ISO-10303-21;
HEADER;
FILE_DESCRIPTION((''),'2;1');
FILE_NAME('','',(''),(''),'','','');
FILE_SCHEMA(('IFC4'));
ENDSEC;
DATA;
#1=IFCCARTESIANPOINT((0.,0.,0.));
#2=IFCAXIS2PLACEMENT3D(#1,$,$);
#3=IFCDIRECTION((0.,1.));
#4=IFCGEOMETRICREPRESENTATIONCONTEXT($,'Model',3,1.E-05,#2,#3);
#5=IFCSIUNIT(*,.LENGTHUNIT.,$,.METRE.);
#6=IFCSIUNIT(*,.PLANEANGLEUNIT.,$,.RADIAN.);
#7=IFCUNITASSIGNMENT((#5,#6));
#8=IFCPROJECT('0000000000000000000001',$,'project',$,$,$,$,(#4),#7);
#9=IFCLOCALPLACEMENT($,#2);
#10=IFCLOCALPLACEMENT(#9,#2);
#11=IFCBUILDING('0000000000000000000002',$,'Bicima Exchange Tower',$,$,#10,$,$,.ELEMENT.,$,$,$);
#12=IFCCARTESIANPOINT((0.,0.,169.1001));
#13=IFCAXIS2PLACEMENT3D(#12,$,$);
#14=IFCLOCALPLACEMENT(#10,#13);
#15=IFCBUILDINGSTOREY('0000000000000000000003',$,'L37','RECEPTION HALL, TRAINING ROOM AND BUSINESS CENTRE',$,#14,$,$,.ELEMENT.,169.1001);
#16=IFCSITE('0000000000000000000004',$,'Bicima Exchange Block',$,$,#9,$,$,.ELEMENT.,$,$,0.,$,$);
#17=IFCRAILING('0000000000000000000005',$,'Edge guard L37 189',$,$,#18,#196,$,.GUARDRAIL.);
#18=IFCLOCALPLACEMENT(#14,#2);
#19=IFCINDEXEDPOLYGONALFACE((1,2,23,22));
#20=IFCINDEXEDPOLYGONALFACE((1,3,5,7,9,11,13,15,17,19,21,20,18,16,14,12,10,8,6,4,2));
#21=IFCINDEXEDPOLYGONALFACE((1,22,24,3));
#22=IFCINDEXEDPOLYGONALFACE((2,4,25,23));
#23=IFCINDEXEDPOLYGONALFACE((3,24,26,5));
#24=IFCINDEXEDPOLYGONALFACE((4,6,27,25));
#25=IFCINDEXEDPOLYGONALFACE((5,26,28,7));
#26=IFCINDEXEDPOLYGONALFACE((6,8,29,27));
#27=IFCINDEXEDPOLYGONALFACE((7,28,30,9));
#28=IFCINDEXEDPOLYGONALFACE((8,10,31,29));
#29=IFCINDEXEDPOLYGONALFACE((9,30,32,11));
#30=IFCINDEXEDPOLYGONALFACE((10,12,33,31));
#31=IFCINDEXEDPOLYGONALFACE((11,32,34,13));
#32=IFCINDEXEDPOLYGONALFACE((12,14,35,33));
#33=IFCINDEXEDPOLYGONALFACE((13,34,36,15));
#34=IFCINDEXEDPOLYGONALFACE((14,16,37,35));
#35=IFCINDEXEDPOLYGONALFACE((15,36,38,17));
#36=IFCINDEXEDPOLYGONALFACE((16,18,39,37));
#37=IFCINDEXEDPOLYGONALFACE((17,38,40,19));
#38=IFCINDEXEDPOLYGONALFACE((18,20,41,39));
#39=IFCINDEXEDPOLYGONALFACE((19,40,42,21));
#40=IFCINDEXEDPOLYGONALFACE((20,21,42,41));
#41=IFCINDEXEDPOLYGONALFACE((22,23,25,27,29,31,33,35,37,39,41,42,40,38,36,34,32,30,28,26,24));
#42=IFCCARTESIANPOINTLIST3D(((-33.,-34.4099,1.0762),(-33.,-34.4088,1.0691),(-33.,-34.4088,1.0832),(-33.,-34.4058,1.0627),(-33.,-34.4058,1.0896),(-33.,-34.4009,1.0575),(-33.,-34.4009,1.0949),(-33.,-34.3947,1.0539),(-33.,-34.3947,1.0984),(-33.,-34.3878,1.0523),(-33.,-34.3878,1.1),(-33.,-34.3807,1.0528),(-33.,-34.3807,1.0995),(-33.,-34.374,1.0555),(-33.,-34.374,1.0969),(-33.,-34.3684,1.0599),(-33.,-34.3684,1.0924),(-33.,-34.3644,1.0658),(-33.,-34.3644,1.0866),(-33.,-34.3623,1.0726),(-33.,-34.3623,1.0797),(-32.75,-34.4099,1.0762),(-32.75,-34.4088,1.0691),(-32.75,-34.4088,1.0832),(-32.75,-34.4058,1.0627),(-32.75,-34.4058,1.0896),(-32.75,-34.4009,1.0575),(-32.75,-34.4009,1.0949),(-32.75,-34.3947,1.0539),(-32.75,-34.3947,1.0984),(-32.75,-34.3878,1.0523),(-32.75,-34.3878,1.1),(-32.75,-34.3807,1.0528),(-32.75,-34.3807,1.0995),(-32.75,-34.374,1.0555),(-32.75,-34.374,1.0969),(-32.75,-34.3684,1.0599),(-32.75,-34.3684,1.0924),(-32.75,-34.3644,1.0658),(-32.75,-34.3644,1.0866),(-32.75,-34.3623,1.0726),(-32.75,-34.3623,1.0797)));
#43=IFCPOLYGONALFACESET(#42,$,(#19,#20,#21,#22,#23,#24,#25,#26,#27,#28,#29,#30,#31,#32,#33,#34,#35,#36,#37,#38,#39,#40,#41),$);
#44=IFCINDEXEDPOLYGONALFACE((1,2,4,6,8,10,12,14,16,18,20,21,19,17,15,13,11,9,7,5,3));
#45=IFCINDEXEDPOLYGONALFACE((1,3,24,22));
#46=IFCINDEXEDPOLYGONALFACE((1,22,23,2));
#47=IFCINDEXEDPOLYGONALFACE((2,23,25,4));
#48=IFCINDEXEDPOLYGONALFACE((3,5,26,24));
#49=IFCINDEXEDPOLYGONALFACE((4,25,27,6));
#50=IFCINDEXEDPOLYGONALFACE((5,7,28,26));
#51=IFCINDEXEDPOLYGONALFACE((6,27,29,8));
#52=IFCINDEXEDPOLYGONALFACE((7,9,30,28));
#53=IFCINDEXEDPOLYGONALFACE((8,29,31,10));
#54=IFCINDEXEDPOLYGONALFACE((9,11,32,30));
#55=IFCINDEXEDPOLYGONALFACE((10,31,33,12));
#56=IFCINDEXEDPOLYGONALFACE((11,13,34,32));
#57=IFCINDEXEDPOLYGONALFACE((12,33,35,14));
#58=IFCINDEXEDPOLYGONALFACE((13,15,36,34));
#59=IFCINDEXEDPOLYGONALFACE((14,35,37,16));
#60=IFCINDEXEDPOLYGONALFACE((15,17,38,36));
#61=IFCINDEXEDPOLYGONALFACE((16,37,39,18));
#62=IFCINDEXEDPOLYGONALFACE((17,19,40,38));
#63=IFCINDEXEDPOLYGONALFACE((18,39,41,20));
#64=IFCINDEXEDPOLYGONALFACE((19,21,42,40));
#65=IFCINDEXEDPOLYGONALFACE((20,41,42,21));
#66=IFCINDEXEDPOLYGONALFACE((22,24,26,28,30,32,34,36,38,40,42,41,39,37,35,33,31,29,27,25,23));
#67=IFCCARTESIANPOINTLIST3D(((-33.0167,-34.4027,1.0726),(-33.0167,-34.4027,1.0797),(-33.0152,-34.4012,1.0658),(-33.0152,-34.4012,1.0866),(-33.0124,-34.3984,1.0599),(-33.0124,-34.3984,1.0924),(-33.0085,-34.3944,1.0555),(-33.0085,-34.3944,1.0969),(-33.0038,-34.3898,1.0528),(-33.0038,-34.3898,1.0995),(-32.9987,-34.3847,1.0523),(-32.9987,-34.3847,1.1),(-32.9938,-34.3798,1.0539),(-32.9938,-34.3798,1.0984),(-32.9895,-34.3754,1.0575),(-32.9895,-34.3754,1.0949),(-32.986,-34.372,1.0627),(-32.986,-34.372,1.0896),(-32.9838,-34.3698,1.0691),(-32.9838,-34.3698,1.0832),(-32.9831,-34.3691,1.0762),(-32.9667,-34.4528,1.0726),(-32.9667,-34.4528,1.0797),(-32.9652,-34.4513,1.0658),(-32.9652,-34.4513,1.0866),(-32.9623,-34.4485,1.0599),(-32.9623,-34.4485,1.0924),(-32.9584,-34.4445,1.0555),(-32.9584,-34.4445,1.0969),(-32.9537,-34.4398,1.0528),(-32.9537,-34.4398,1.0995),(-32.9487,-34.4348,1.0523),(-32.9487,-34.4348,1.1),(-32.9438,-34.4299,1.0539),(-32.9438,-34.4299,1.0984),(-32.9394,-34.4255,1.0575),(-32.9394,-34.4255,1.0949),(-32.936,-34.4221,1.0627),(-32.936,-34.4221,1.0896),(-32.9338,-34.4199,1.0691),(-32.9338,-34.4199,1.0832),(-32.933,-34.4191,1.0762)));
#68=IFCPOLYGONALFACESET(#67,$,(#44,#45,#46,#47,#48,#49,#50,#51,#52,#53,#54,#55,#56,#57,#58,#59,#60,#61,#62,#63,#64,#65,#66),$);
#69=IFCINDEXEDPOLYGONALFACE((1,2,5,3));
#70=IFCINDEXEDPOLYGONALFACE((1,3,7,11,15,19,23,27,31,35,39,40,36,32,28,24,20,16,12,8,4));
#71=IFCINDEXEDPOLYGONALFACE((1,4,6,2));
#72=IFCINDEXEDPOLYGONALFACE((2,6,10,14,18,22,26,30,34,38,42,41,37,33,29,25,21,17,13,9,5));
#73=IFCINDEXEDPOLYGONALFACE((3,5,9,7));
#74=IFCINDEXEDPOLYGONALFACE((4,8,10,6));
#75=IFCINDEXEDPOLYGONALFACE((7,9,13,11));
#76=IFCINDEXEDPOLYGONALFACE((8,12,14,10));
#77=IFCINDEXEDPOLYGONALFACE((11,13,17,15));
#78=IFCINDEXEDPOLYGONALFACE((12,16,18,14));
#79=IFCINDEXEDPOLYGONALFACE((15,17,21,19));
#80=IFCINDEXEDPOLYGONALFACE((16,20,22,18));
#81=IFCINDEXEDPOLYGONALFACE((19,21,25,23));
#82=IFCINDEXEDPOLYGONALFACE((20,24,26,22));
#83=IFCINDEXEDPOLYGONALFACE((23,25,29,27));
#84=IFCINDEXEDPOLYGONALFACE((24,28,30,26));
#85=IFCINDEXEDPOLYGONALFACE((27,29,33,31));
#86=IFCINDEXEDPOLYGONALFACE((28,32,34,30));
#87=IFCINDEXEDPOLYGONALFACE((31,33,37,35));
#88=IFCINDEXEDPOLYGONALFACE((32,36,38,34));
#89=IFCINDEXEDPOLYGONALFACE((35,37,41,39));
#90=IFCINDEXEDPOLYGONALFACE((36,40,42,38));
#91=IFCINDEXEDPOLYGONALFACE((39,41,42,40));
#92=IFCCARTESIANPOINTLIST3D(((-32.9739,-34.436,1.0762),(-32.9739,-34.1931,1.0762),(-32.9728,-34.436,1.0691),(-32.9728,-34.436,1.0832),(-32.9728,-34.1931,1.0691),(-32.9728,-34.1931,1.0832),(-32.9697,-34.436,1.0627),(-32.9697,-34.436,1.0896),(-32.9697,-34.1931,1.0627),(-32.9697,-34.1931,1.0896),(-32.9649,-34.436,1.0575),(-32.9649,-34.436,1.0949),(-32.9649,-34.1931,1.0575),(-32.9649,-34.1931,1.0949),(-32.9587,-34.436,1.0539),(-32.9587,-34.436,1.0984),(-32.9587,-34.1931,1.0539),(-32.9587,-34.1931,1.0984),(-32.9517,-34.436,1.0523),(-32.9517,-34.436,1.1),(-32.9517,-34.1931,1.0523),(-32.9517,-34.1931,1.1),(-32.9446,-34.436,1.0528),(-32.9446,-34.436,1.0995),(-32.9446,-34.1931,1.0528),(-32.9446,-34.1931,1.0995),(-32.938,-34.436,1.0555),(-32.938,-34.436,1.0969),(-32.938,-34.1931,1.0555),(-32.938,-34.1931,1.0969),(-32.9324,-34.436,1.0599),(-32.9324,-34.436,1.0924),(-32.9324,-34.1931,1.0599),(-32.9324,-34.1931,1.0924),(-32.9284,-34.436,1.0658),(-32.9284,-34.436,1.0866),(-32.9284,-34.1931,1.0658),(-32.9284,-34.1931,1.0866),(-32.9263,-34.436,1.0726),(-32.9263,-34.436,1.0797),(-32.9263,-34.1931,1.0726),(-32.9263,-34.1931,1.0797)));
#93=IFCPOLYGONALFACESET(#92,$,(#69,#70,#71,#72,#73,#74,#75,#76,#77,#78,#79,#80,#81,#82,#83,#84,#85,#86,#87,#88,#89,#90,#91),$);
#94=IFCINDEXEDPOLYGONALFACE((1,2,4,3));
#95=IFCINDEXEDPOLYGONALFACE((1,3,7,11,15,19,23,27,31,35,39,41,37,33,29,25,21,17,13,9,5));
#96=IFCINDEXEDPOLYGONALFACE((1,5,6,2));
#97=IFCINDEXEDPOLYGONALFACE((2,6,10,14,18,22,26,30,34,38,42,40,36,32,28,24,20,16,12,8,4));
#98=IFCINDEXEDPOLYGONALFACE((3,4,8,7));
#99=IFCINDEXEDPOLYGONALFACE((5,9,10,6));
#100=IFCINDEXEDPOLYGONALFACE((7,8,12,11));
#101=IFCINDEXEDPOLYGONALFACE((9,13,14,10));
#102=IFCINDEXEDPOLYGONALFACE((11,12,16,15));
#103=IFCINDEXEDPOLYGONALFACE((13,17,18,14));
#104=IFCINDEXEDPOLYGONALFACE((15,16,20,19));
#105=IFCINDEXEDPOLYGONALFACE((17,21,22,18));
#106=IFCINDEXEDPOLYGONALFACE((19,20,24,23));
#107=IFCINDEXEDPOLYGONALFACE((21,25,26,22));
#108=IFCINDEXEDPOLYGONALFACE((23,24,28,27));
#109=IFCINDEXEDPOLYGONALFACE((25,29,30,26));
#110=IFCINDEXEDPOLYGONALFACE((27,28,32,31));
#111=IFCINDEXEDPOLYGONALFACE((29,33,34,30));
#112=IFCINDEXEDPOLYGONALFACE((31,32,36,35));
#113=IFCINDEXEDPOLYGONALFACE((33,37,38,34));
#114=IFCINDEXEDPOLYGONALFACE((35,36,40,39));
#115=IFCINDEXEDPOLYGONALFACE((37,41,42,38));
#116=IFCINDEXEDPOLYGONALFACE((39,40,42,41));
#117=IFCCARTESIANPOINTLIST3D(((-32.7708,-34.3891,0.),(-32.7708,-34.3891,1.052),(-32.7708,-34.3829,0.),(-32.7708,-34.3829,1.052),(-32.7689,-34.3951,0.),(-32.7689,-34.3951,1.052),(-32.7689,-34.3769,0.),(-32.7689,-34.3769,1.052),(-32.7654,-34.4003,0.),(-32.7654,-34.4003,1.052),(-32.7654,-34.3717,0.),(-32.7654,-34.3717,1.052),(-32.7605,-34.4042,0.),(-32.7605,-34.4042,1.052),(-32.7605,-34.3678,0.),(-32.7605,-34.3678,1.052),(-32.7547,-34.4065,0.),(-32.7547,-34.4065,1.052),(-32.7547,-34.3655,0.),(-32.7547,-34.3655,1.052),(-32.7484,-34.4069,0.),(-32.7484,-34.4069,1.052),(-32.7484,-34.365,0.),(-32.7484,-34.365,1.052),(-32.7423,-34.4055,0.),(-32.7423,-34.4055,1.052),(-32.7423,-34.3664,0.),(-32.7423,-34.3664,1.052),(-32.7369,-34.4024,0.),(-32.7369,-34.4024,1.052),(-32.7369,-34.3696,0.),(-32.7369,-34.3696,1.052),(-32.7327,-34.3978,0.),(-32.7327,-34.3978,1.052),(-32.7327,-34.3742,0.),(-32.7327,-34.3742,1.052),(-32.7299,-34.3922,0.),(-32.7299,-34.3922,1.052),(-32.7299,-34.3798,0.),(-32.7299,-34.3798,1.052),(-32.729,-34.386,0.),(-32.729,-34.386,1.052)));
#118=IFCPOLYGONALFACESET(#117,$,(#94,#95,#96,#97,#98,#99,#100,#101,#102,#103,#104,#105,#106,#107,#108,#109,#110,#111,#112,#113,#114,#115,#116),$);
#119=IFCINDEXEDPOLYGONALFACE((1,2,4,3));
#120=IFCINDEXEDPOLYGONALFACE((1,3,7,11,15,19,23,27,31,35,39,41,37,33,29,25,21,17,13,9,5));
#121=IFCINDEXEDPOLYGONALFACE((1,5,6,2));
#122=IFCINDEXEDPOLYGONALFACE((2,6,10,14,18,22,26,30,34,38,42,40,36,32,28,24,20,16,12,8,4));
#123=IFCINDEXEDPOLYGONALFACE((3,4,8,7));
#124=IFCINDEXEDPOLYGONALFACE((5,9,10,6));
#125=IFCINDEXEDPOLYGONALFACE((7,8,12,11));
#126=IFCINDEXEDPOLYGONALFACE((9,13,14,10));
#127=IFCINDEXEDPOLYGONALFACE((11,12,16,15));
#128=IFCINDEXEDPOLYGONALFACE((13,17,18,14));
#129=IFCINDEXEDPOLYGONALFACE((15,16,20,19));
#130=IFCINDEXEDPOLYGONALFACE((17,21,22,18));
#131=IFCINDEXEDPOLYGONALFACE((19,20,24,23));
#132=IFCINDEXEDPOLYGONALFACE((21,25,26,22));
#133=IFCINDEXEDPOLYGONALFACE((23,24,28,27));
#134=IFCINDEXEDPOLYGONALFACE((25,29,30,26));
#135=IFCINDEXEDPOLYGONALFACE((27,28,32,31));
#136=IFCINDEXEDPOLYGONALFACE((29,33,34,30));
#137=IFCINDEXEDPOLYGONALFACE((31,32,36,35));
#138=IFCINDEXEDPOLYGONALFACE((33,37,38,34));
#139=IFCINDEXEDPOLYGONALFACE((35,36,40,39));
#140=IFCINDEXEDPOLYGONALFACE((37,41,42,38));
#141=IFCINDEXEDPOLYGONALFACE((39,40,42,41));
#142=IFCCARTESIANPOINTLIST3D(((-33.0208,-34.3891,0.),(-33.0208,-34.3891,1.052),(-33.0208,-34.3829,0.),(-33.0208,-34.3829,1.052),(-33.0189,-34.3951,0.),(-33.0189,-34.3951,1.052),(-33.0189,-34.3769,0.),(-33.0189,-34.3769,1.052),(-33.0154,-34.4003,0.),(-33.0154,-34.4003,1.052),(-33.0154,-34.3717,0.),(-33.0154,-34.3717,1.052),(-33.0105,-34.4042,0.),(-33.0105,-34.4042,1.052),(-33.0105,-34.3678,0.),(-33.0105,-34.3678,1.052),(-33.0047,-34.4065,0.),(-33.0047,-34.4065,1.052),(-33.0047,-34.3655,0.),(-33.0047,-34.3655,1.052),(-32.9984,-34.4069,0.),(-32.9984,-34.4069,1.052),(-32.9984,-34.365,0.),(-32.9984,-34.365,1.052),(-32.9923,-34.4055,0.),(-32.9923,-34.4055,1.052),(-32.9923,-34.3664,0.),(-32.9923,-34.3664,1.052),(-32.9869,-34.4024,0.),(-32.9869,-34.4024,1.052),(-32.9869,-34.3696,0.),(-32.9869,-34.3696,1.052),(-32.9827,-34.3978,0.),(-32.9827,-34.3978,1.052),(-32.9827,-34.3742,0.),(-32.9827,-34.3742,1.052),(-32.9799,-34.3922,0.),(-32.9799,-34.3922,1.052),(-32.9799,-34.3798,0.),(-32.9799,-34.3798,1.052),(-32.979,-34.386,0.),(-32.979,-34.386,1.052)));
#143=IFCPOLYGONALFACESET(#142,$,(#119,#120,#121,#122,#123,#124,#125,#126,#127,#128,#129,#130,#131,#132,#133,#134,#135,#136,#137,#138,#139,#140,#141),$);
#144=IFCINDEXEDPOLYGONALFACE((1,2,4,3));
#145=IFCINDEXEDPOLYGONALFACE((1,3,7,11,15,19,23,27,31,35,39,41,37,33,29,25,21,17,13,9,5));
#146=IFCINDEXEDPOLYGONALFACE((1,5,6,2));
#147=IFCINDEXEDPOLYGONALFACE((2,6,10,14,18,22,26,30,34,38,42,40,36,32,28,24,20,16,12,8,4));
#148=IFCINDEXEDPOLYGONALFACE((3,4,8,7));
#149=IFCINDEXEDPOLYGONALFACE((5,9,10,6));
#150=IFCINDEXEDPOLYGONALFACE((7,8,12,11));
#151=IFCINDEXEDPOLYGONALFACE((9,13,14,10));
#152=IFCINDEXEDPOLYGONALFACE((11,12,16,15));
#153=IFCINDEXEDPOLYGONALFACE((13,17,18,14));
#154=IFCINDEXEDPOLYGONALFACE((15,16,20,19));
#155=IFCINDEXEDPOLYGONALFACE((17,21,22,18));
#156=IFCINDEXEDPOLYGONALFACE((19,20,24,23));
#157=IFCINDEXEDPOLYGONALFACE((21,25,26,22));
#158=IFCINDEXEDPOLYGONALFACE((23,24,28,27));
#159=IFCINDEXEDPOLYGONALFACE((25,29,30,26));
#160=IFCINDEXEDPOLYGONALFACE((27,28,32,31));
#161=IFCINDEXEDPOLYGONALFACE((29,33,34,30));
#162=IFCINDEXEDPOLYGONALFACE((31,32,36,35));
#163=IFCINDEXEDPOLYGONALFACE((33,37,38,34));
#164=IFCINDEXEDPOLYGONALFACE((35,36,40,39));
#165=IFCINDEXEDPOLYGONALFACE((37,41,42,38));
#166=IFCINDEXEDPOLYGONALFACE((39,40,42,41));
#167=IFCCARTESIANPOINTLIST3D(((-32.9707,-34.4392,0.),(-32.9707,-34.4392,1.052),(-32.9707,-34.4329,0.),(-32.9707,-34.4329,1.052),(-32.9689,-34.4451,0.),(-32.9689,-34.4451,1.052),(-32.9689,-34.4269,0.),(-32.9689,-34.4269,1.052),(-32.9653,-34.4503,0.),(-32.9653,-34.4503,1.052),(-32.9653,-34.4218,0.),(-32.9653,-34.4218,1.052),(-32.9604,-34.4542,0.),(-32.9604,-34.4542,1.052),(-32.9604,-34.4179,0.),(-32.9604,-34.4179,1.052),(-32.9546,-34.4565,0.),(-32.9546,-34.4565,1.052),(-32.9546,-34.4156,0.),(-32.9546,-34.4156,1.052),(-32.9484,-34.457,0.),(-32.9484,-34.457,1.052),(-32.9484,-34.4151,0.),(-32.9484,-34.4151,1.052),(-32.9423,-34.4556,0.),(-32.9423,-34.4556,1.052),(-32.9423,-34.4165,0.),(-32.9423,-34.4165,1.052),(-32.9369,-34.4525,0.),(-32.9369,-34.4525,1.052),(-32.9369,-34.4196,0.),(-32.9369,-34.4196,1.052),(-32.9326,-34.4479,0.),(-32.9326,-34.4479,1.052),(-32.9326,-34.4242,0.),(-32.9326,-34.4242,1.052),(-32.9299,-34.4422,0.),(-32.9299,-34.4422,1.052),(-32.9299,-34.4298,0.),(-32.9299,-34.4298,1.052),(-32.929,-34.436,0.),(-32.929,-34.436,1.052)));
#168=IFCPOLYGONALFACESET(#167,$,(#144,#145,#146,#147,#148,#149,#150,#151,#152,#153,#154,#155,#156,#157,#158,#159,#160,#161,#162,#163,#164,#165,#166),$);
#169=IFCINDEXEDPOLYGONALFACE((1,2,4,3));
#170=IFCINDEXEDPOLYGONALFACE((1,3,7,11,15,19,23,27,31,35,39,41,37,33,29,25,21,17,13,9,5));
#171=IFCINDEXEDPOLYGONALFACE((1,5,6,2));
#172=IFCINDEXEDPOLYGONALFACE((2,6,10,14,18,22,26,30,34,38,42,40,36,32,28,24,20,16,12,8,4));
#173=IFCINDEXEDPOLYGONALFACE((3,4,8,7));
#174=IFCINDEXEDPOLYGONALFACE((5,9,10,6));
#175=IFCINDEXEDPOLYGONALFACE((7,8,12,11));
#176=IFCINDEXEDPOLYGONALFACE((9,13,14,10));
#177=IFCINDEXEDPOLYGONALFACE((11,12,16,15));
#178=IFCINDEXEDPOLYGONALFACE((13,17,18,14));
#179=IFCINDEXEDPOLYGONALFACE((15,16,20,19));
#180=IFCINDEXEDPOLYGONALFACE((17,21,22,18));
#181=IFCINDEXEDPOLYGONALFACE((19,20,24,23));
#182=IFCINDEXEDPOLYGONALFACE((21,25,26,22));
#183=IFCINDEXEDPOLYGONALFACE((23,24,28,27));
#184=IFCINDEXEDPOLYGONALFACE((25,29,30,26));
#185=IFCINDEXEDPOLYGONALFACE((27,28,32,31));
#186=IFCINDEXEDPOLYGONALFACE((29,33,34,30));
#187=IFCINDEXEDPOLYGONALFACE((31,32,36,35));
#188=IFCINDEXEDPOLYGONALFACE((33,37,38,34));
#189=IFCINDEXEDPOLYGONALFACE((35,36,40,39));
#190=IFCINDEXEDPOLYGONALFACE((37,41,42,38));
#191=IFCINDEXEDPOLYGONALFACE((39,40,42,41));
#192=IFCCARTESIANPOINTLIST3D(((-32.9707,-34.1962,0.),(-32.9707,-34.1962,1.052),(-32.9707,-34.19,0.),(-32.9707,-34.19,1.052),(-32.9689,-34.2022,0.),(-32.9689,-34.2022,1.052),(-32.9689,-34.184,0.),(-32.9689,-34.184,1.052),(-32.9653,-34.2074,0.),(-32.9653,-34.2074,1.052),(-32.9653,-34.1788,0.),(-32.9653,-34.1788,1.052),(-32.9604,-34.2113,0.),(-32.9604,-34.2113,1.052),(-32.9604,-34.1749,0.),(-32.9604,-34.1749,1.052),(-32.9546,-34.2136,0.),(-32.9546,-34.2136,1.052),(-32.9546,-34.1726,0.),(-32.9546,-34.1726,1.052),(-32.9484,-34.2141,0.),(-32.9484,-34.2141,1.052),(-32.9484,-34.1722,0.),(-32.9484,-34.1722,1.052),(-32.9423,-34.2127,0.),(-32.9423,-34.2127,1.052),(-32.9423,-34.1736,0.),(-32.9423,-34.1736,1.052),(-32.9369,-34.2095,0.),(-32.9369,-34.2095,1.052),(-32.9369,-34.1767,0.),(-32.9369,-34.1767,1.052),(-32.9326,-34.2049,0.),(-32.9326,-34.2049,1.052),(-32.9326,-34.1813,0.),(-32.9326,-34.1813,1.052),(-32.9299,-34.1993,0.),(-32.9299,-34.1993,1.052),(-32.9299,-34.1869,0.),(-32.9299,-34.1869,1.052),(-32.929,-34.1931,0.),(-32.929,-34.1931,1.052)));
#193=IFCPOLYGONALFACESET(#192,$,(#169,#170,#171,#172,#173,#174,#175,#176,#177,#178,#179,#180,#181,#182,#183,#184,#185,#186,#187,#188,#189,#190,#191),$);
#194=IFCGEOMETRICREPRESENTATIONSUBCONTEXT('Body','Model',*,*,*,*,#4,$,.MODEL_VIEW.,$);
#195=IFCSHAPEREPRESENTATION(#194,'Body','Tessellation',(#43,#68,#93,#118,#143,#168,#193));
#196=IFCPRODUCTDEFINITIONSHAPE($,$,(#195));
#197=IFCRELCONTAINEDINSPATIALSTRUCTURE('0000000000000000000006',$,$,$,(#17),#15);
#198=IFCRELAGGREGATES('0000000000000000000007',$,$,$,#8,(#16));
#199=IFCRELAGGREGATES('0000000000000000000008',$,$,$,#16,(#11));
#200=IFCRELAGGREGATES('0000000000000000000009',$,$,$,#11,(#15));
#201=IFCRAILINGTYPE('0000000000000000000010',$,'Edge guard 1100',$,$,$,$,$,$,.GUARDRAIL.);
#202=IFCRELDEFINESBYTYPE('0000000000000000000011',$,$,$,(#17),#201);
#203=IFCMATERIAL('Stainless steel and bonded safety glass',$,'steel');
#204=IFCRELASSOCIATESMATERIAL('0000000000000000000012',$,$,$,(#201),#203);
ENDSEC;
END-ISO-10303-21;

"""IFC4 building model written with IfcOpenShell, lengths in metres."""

from ifc_helpers import new_model, si_unit, direction, frame, origin, origin_2d, place, context, subcontext, project, spatial, circle, extrude, material, type_object, element, save


model = new_model("IFC4")

# Units and contexts
model_context = context("Model", 3, precision=1e-05, world=origin(), true_north=direction((0.0, 1.0)))
body_context = subcontext(model_context, "Body", "Model", "MODEL_VIEW")
ifc_project = project(units=[si_unit("LENGTHUNIT", "METRE"), si_unit("PLANEANGLEUNIT", "RADIAN")], contexts=[model_context])

# Site, building, storey
site_placement = place(None, origin())
site = spatial("IfcSite", under=ifc_project, at=site_placement, Name="Bicima Exchange Block", CompositionType="ELEMENT", RefElevation=0.0)
building_placement = place(site_placement, origin())
building = spatial("IfcBuilding", under=site, at=building_placement, Name="Bicima Exchange Tower", CompositionType="ELEMENT")
storey_placement = place(building_placement, frame((0.0, 0.0, 169.1001)))
storey = spatial("IfcBuildingStorey", under=building, at=storey_placement, Name="L37", Description="RECEPTION HALL, TRAINING ROOM AND BUSINESS CENTRE", CompositionType="ELEMENT", Elevation=169.1001)

# Railing
ifc_material_1 = material(Name="Stainless steel and bonded safety glass", Category="steel")
railing_type = type_object("IfcRailingType", Name="Edge guard 1100", PredefinedType="GUARDRAIL", material=ifc_material_1)
railing_1_placement = place(storey_placement, frame((-32.75, -34.386, 0.0)))
element("IfcRailing", 1, at=railing_1_placement, inside=storey, type_object=railing_type, Name="Edge guard L37 189", PredefinedType="GUARDRAIL", context=body_context, shape_type="SweptSolid", body=[
    extrude(circle(Radius=0.0239, at=origin_2d()), frame((0.0, 0.0, 1.0762), z_axis=(-1.0, 0.0, 0.0), x_axis=(0.0, -1.0, 0.0)), (0.0, 0.0, 1.0), 0.25),
    extrude(circle(Radius=0.0239, at=origin_2d()), frame((-0.25, 0.0, 1.0762), z_axis=(0.707107, -0.707107, 0.0), x_axis=(0.707107, 0.707107, 0.0)), (0.0, 0.0, 1.0), 0.0708),
    extrude(circle(Radius=0.0239, at=origin_2d()), frame((-0.2, -0.05, 1.0762), z_axis=(0.0, 1.0, 0.0), x_axis=(-1.0, 0.0, 0.0)), (0.0, 0.0, 1.0), 0.2429),
    extrude(circle(Radius=0.021, at=origin_2d()), origin(), (0.0, 0.0, 1.0), 1.052),
    extrude(circle(Radius=0.021, at=origin_2d()), frame((-0.25, 0.0, 0.0)), (0.0, 0.0, 1.0), 1.052),
    extrude(circle(Radius=0.021, at=origin_2d()), frame((-0.2, -0.05, 0.0)), (0.0, 0.0, 1.0), 1.052),
    extrude(circle(Radius=0.021, at=origin_2d()), frame((-0.2, 0.1929, 0.0)), (0.0, 0.0, 1.0), 1.052),
])

save(model, "model.ifc")
